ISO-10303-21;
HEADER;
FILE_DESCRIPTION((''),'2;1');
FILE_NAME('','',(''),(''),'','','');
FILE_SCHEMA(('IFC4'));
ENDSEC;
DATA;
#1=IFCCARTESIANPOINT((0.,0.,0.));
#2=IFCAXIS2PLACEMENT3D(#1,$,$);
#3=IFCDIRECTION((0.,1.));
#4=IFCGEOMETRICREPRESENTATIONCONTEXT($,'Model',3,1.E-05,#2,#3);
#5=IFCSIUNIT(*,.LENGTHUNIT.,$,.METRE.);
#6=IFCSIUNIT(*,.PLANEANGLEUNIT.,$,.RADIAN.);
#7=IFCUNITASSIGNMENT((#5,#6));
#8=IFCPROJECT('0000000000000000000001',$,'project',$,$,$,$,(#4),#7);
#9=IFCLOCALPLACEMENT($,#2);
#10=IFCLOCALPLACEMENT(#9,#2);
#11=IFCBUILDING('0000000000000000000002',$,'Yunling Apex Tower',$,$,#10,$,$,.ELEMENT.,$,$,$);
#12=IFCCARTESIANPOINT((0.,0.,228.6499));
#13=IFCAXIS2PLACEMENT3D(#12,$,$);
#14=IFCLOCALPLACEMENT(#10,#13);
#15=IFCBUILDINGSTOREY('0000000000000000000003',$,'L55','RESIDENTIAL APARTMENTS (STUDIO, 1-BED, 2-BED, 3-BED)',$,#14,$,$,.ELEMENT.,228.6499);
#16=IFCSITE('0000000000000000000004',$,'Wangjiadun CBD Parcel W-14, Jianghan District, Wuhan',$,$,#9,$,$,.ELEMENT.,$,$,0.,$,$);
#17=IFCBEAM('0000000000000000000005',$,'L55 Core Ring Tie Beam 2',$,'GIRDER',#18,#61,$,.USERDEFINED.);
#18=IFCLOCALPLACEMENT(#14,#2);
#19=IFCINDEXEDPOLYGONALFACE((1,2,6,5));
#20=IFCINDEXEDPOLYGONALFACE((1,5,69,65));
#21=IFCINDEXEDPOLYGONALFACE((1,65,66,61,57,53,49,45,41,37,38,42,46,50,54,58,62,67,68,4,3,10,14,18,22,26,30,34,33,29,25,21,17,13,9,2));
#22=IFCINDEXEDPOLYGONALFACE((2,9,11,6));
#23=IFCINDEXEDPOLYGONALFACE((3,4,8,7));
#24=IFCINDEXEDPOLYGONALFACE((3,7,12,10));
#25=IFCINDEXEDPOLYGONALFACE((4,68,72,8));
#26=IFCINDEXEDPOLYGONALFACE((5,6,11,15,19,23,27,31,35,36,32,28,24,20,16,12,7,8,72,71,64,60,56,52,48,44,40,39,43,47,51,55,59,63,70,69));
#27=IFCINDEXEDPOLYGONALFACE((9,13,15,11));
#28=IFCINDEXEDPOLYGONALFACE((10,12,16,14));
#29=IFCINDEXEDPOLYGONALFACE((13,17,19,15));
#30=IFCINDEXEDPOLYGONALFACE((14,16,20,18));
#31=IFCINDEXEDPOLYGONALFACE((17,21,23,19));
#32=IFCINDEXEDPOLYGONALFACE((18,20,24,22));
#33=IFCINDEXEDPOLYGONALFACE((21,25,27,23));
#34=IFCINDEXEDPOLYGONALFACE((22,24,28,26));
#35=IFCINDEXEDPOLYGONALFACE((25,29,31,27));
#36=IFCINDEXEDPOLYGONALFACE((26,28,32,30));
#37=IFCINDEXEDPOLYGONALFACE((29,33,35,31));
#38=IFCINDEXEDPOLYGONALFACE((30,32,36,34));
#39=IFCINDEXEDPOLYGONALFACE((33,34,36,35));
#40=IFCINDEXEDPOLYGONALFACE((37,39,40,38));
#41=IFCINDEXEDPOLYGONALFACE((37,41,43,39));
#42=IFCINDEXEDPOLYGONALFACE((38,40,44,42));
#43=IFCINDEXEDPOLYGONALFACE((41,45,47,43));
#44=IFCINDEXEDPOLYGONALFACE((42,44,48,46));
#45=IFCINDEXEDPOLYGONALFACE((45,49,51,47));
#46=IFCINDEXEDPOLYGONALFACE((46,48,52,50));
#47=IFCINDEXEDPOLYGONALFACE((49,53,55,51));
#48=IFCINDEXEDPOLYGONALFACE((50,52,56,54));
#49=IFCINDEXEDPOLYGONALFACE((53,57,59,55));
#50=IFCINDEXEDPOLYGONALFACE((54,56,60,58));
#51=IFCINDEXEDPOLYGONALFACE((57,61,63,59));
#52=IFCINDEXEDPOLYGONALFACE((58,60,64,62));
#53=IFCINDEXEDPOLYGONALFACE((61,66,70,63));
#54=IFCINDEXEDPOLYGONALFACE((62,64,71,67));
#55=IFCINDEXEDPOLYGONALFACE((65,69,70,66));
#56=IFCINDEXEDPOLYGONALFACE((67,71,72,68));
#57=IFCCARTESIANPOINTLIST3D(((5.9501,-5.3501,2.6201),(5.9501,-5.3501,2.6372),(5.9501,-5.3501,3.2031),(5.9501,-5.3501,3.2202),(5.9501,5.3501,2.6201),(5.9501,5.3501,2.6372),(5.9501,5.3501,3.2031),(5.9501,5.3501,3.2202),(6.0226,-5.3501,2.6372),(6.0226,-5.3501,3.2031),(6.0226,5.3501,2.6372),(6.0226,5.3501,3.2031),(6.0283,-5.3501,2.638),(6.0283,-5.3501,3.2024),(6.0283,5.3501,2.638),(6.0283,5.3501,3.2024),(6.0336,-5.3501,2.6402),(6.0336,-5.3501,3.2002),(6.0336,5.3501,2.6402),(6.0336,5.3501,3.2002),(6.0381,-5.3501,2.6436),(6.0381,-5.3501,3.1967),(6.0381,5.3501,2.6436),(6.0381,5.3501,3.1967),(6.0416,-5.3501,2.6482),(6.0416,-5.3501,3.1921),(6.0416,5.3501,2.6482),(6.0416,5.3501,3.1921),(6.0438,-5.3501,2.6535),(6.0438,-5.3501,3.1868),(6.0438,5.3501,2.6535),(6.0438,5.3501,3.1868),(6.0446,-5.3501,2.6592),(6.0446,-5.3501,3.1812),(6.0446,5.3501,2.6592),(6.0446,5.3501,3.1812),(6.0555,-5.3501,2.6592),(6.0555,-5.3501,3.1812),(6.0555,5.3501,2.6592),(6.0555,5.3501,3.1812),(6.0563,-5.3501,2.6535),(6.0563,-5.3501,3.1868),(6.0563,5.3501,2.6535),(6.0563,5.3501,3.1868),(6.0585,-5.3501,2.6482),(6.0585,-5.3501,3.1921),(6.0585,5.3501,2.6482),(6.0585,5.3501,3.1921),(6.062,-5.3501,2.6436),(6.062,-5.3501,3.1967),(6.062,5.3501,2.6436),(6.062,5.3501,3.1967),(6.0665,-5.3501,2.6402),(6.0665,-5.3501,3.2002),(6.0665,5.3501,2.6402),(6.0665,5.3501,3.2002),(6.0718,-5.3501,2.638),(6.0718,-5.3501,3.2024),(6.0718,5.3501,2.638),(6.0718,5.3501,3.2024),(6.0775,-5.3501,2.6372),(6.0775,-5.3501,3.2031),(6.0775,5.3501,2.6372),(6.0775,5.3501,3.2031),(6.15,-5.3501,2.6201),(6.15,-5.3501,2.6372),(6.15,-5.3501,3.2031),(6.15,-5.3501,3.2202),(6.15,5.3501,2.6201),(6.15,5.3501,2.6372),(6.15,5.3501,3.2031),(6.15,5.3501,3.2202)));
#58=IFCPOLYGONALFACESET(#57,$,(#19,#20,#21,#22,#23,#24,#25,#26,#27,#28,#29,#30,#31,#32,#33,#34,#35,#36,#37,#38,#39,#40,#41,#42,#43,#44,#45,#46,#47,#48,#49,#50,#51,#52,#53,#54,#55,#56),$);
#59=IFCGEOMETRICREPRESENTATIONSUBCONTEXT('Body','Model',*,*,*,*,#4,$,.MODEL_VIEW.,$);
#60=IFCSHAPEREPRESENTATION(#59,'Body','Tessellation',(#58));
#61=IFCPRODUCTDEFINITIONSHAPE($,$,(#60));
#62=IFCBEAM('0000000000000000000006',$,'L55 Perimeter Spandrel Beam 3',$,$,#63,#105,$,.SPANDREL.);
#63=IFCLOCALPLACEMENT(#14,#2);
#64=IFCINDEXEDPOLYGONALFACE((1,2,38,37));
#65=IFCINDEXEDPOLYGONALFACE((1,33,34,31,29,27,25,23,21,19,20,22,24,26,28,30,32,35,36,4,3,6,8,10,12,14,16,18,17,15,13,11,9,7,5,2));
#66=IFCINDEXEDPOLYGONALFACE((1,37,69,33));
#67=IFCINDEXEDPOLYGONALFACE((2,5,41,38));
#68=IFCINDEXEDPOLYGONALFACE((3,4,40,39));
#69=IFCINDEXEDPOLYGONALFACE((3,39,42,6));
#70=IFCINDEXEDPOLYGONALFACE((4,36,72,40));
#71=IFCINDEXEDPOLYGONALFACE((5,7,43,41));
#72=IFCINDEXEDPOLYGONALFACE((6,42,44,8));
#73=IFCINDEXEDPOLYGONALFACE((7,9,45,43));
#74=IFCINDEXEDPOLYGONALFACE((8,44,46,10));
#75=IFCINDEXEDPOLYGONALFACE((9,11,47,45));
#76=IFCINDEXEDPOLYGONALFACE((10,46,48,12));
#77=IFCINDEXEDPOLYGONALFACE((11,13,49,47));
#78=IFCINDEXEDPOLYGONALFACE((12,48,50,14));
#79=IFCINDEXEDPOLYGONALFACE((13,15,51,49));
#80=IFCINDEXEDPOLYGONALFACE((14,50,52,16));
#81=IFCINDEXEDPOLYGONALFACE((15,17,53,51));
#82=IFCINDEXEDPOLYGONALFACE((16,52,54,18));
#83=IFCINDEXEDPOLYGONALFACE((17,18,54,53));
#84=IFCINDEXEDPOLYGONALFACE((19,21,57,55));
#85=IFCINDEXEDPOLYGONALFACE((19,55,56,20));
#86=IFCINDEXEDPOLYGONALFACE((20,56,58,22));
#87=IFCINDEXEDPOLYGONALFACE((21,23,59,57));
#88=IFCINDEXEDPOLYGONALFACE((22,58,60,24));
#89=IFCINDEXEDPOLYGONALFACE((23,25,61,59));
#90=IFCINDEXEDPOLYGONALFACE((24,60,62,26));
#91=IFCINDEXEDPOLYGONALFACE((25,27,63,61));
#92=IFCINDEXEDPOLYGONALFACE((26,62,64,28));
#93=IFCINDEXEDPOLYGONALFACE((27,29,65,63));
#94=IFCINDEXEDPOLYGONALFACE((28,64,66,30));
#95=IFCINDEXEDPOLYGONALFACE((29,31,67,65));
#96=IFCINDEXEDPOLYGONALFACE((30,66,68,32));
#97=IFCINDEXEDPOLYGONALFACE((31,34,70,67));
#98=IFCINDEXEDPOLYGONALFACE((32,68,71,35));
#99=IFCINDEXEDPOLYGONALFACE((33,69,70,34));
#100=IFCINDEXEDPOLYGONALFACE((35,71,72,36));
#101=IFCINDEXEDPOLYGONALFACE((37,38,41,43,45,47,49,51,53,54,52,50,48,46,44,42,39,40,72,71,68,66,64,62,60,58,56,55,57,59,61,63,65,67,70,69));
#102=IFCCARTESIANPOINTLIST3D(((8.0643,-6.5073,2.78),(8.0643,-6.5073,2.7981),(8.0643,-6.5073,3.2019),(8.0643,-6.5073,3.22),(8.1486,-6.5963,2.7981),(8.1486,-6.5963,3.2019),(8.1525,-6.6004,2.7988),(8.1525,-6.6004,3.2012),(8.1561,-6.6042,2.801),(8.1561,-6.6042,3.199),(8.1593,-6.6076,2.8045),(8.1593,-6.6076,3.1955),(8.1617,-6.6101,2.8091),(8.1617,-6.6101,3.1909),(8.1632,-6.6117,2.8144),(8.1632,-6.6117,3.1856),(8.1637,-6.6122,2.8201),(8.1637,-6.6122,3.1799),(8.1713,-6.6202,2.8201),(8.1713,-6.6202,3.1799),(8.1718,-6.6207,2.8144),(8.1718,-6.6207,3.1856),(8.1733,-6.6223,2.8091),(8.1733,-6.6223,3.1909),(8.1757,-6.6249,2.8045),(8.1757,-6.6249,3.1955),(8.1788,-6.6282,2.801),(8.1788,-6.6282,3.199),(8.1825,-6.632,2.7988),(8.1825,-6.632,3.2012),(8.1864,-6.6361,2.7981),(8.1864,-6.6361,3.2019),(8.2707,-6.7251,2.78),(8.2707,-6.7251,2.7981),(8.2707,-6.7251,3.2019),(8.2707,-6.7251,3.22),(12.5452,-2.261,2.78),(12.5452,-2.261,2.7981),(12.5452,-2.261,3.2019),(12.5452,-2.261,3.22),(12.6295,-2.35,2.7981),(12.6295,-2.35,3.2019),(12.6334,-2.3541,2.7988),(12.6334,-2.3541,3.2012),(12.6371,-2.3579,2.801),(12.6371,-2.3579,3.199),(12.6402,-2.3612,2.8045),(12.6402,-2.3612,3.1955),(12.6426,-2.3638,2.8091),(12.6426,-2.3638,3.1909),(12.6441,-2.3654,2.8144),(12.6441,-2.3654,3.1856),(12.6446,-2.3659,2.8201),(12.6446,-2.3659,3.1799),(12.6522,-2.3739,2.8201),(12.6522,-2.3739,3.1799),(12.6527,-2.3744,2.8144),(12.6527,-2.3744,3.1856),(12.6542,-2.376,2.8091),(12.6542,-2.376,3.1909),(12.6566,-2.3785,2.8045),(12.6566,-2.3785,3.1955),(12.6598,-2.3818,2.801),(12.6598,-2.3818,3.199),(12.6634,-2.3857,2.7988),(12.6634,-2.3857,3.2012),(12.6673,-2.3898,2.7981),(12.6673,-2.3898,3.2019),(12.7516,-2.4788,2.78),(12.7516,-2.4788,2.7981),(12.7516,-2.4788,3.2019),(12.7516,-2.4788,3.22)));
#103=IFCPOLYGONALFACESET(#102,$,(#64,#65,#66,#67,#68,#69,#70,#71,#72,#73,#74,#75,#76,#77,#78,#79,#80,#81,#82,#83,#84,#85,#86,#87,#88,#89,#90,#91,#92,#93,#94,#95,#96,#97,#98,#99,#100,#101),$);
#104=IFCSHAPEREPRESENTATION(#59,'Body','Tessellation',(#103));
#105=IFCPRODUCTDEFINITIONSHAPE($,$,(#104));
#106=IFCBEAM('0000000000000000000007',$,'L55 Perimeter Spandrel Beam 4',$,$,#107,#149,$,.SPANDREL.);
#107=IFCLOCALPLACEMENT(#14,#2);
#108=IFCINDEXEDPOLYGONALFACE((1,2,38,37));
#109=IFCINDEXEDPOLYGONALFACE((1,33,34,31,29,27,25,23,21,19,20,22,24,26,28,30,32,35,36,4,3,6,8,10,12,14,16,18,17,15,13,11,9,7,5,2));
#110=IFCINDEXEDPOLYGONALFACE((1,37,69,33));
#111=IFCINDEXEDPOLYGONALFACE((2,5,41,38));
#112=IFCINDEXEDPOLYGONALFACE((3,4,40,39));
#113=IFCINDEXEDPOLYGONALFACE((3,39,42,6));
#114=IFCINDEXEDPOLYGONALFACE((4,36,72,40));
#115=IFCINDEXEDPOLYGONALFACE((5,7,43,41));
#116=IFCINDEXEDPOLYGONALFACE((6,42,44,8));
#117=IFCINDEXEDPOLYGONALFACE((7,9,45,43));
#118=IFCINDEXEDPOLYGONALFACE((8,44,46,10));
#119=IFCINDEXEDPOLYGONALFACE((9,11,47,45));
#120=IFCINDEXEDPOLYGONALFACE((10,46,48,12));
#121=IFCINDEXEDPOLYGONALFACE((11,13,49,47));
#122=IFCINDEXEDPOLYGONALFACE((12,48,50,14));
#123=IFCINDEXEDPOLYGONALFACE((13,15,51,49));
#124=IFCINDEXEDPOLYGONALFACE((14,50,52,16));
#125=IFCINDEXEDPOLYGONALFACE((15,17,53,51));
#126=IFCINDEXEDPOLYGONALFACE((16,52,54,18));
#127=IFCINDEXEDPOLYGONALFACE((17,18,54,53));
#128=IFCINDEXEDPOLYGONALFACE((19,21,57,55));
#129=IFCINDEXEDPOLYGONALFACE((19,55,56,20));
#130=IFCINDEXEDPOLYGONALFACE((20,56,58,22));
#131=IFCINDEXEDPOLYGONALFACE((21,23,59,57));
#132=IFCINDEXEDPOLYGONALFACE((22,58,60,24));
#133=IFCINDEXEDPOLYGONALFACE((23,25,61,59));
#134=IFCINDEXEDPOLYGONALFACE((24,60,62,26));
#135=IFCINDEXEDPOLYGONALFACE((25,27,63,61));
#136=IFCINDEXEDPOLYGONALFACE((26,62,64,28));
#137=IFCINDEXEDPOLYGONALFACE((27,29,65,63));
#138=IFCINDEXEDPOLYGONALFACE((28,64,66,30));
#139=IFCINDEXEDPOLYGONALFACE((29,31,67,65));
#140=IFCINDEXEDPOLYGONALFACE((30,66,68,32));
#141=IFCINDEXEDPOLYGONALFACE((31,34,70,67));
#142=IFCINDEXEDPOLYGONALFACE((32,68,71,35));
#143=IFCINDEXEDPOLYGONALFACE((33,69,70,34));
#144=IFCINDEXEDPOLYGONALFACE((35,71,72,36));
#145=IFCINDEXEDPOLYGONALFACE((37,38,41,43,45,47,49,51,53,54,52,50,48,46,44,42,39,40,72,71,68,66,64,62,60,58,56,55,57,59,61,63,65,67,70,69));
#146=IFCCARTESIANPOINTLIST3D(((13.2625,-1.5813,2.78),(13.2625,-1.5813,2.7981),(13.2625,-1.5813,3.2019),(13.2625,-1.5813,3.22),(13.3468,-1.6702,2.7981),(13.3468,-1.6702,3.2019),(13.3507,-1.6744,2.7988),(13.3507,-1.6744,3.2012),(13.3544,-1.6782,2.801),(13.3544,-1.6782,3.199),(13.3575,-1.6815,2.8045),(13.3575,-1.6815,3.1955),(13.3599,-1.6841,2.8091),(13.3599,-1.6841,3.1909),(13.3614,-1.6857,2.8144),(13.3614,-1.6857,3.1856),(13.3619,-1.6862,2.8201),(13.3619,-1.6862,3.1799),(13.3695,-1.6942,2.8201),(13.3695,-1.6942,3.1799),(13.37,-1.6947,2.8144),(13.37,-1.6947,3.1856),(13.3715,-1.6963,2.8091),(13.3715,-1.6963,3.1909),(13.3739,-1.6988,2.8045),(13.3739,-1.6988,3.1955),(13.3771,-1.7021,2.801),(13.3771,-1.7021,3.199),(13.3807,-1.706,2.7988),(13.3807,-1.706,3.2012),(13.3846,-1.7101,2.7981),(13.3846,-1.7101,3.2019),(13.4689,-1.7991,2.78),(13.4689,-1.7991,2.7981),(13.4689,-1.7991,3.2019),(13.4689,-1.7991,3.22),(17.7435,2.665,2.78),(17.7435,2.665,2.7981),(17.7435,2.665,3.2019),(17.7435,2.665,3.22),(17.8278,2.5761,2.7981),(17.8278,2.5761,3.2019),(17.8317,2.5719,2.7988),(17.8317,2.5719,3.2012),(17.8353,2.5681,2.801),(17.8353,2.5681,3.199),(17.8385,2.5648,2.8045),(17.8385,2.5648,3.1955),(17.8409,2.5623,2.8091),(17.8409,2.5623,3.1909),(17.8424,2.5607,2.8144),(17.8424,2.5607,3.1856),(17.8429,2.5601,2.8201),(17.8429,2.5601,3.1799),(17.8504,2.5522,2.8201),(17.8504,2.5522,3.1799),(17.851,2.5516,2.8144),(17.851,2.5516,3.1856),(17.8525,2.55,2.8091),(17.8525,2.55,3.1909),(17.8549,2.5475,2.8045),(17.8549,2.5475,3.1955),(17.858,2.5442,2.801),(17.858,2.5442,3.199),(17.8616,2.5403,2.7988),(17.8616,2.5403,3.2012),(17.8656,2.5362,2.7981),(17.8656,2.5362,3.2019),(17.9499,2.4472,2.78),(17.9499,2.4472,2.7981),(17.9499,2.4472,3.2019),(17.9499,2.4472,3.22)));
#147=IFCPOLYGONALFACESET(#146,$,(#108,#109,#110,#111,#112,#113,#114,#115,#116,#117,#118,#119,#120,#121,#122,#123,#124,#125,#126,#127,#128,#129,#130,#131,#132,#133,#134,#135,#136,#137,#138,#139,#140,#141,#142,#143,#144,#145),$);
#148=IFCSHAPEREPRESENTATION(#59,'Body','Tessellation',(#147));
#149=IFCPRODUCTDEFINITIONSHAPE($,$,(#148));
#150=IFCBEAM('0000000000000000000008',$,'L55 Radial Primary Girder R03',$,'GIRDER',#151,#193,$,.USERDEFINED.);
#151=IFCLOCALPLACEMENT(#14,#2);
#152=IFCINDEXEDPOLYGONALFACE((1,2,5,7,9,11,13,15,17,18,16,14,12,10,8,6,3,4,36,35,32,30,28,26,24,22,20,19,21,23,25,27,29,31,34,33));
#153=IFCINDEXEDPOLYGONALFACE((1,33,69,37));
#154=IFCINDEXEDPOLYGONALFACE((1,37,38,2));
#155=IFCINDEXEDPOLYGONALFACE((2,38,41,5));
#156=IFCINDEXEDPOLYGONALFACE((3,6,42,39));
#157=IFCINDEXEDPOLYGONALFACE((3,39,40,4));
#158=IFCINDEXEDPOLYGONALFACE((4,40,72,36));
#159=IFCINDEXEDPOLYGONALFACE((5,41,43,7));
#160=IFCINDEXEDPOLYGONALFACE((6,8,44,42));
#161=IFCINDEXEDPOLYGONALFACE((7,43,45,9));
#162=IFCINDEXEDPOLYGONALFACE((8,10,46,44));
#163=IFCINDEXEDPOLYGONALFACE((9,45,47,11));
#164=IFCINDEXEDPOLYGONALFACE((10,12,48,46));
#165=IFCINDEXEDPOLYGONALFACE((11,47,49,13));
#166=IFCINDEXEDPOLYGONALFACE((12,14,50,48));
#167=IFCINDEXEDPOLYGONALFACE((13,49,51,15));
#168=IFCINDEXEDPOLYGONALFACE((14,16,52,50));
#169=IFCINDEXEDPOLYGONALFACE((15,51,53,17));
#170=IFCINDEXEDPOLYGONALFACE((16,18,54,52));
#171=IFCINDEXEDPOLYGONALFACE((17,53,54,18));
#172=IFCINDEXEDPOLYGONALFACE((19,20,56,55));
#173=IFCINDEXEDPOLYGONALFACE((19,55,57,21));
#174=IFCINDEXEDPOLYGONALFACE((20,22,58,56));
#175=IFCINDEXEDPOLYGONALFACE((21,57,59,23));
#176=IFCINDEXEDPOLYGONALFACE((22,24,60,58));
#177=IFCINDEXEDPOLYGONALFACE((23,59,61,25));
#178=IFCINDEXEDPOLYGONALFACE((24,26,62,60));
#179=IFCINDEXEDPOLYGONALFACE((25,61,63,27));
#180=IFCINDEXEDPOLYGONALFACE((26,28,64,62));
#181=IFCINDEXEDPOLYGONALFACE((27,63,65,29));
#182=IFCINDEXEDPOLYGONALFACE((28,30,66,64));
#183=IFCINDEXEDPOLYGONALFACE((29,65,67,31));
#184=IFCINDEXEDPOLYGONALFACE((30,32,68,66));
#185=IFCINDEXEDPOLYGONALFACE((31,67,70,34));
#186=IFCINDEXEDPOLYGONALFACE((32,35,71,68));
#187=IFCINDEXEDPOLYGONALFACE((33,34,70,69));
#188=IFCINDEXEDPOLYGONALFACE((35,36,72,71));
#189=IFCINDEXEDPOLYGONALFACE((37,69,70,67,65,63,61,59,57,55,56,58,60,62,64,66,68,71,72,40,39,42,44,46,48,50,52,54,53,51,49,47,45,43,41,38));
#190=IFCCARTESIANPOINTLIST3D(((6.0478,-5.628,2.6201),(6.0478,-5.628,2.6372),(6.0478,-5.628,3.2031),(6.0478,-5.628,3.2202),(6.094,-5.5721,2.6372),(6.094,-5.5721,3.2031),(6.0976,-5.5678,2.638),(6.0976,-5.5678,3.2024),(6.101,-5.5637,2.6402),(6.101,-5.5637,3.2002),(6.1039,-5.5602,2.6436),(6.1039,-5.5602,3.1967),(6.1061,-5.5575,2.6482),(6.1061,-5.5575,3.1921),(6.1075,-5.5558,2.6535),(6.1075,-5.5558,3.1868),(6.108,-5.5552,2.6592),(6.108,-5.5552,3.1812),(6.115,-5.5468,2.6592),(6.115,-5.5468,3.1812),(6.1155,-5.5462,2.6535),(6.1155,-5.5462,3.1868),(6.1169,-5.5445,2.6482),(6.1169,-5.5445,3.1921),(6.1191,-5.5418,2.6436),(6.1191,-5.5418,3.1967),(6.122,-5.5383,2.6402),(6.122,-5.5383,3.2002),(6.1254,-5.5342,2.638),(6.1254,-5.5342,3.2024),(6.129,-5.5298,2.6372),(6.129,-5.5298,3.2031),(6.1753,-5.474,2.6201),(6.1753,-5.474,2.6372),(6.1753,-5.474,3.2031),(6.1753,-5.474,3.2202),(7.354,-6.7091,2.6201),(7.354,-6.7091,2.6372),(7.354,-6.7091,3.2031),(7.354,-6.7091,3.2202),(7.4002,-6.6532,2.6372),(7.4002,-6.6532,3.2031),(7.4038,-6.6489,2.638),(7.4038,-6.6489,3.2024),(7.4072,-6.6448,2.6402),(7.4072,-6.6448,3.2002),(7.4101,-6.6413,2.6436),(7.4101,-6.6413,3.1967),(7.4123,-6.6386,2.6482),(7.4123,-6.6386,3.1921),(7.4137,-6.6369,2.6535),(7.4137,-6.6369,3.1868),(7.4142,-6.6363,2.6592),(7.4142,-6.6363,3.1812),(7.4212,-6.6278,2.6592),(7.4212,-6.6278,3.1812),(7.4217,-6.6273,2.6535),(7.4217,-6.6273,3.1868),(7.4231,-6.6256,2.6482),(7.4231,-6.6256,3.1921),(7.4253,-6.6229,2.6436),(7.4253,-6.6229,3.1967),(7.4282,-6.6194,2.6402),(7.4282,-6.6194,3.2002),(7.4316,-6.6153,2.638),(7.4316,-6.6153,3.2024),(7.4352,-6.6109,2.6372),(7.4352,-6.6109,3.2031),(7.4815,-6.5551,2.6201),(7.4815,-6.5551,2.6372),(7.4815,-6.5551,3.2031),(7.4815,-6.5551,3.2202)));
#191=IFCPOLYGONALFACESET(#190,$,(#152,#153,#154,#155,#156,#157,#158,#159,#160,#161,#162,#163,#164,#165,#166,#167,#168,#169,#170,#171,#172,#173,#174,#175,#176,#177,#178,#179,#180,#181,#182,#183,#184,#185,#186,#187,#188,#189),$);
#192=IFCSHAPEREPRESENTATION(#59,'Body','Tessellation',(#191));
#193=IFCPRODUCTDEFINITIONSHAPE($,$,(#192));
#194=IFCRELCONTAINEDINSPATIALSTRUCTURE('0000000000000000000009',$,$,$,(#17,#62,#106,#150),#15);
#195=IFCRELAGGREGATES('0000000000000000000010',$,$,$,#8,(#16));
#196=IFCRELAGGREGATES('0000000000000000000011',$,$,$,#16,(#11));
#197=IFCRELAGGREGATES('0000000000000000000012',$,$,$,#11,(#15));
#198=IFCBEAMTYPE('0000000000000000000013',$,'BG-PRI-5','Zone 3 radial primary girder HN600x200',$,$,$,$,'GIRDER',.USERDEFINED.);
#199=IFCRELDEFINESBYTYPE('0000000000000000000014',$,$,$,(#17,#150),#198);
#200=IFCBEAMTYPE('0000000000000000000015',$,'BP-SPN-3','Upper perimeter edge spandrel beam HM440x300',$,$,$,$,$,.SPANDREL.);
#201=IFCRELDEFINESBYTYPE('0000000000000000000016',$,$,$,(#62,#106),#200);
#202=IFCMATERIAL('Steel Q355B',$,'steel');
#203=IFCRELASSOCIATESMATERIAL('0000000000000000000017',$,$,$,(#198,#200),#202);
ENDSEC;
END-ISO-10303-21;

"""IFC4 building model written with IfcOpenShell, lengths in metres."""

from ifc_helpers import new_model, si_unit, direction, frame, origin, origin_2d, place, context, subcontext, project, spatial, i_section, extrude, source, transform, mapped, material, material_profile, profile_set, type_object, element, save


model = new_model("IFC4")

# Units and contexts
model_context = context("Model", 3, precision=1e-05, world=origin(), true_north=direction((0.0, 1.0)))
body_context = subcontext(model_context, "Body", "Model", "MODEL_VIEW")
ifc_project = project(units=[si_unit("LENGTHUNIT", "METRE"), si_unit("PLANEANGLEUNIT", "RADIAN")], contexts=[model_context])

# Site, building, storey
site_placement = place(None, origin())
site = spatial("IfcSite", under=ifc_project, at=site_placement, Name="Wangjiadun CBD Parcel W-14, Jianghan District, Wuhan", CompositionType="ELEMENT", RefElevation=0.0)
building_placement = place(site_placement, origin())
building = spatial("IfcBuilding", under=site, at=building_placement, Name="Yunling Apex Tower", CompositionType="ELEMENT")
storey_placement = place(building_placement, frame((0.0, 0.0, 228.6499)))
storey = spatial("IfcBuildingStorey", under=building, at=storey_placement, Name="L55", Description="RESIDENTIAL APARTMENTS (STUDIO, 1-BED, 2-BED, 3-BED)", CompositionType="ELEMENT", Elevation=228.6499)

# Beams
ifc_material_1 = material(Name="Steel Q355B", Category="steel")
ifc_material_profile_1 = material_profile(ifc_material_1, i_section(OverallWidth=0.2, OverallDepth=0.6001, WebThickness=0.011, FlangeThickness=0.0171, FilletRadius=0.022, at=origin_2d()))
ifc_profile_set_1 = profile_set([ifc_material_profile_1], Name="Steel Q355B")
beam_type_1 = type_object("IfcBeamType", Name="BG-PRI-5", Description="Zone 3 radial primary girder HN600x200", ElementType="GIRDER", PredefinedType="USERDEFINED", material=ifc_profile_set_1)
shared_shape_1 = source(origin(), body_context, "Body", "SweptSolid", [
    extrude(i_section(OverallWidth=0.2, OverallDepth=0.6001, WebThickness=0.011, FlangeThickness=0.0171, FilletRadius=0.022, at=origin_2d()), origin(), (0.0, 0.0, 1.0), 10.7002),
])
beam_1_placement = place(storey_placement, frame((6.05, -5.3501, 2.9202), z_axis=(0.0, 1.0, 0.0), x_axis=(-1.0, 0.0, 0.0)))
element("IfcBeam", 1, at=beam_1_placement, inside=storey, type_object=beam_type_1, Name="L55 Core Ring Tie Beam 2", ObjectType="GIRDER", PredefinedType="USERDEFINED", context=body_context, shape_type="MappedRepresentation", body=[
    mapped(shared_shape_1, transform((0.0, 0.0, 0.0), scale=1.0)),
])
ifc_material_profile_2 = material_profile(ifc_material_1, i_section(OverallWidth=0.3, OverallDepth=0.4399, WebThickness=0.011, FlangeThickness=0.0181, FilletRadius=0.022, at=origin_2d()))
ifc_profile_set_2 = profile_set([ifc_material_profile_2], Name="Steel Q355B")
beam_type_2 = type_object("IfcBeamType", Name="BP-SPN-3", Description="Upper perimeter edge spandrel beam HM440x300", PredefinedType="SPANDREL", material=ifc_profile_set_2)
shared_shape_2 = source(origin(), body_context, "Body", "SweptSolid", [
    extrude(i_section(OverallWidth=0.3, OverallDepth=0.4399, WebThickness=0.011, FlangeThickness=0.0181, FilletRadius=0.022, at=origin_2d()), origin(), (0.0, 0.0, 1.0), 6.1733),
])
for number, where, z_axis, x_axis, name in (
    (2, (8.1675, -6.6162, 3.0), (0.725854, 0.687849, 0.0), (-0.687849, 0.725854, 0.0), "L55 Perimeter Spandrel Beam 3"),
    (3, (13.3657, -1.6902, 3.0), (0.725854, 0.687849, 0.0), (-0.687849, 0.725854, 0.0), "L55 Perimeter Spandrel Beam 4"),
):
    element("IfcBeam", number, at=place(storey_placement, frame(where, z_axis=z_axis, x_axis=x_axis)), inside=storey, type_object=beam_type_2, Name=name, PredefinedType="SPANDREL", context=body_context, shape_type="MappedRepresentation", body=[
        mapped(shared_shape_2, transform((0.0, 0.0, 0.0), scale=1.0)),
    ])
shared_shape_3 = source(origin(), body_context, "Body", "SweptSolid", [
    extrude(i_section(OverallWidth=0.2, OverallDepth=0.6001, WebThickness=0.011, FlangeThickness=0.0171, FilletRadius=0.022, at=origin_2d()), origin(), (0.0, 0.0, 1.0), 1.6956),
])
beam_2_placement = place(storey_placement, frame((7.4177, -6.6321, 2.9202), z_axis=(-0.770365, 0.637603, 0.0), x_axis=(-0.637603, -0.770365, 0.0)))
element("IfcBeam", 4, at=beam_2_placement, inside=storey, type_object=beam_type_1, Name="L55 Radial Primary Girder R03", ObjectType="GIRDER", PredefinedType="USERDEFINED", context=body_context, shape_type="MappedRepresentation", body=[
    mapped(shared_shape_3, transform((0.0, 0.0, 0.0), scale=1.0)),
])

save(model, "model.ifc")
